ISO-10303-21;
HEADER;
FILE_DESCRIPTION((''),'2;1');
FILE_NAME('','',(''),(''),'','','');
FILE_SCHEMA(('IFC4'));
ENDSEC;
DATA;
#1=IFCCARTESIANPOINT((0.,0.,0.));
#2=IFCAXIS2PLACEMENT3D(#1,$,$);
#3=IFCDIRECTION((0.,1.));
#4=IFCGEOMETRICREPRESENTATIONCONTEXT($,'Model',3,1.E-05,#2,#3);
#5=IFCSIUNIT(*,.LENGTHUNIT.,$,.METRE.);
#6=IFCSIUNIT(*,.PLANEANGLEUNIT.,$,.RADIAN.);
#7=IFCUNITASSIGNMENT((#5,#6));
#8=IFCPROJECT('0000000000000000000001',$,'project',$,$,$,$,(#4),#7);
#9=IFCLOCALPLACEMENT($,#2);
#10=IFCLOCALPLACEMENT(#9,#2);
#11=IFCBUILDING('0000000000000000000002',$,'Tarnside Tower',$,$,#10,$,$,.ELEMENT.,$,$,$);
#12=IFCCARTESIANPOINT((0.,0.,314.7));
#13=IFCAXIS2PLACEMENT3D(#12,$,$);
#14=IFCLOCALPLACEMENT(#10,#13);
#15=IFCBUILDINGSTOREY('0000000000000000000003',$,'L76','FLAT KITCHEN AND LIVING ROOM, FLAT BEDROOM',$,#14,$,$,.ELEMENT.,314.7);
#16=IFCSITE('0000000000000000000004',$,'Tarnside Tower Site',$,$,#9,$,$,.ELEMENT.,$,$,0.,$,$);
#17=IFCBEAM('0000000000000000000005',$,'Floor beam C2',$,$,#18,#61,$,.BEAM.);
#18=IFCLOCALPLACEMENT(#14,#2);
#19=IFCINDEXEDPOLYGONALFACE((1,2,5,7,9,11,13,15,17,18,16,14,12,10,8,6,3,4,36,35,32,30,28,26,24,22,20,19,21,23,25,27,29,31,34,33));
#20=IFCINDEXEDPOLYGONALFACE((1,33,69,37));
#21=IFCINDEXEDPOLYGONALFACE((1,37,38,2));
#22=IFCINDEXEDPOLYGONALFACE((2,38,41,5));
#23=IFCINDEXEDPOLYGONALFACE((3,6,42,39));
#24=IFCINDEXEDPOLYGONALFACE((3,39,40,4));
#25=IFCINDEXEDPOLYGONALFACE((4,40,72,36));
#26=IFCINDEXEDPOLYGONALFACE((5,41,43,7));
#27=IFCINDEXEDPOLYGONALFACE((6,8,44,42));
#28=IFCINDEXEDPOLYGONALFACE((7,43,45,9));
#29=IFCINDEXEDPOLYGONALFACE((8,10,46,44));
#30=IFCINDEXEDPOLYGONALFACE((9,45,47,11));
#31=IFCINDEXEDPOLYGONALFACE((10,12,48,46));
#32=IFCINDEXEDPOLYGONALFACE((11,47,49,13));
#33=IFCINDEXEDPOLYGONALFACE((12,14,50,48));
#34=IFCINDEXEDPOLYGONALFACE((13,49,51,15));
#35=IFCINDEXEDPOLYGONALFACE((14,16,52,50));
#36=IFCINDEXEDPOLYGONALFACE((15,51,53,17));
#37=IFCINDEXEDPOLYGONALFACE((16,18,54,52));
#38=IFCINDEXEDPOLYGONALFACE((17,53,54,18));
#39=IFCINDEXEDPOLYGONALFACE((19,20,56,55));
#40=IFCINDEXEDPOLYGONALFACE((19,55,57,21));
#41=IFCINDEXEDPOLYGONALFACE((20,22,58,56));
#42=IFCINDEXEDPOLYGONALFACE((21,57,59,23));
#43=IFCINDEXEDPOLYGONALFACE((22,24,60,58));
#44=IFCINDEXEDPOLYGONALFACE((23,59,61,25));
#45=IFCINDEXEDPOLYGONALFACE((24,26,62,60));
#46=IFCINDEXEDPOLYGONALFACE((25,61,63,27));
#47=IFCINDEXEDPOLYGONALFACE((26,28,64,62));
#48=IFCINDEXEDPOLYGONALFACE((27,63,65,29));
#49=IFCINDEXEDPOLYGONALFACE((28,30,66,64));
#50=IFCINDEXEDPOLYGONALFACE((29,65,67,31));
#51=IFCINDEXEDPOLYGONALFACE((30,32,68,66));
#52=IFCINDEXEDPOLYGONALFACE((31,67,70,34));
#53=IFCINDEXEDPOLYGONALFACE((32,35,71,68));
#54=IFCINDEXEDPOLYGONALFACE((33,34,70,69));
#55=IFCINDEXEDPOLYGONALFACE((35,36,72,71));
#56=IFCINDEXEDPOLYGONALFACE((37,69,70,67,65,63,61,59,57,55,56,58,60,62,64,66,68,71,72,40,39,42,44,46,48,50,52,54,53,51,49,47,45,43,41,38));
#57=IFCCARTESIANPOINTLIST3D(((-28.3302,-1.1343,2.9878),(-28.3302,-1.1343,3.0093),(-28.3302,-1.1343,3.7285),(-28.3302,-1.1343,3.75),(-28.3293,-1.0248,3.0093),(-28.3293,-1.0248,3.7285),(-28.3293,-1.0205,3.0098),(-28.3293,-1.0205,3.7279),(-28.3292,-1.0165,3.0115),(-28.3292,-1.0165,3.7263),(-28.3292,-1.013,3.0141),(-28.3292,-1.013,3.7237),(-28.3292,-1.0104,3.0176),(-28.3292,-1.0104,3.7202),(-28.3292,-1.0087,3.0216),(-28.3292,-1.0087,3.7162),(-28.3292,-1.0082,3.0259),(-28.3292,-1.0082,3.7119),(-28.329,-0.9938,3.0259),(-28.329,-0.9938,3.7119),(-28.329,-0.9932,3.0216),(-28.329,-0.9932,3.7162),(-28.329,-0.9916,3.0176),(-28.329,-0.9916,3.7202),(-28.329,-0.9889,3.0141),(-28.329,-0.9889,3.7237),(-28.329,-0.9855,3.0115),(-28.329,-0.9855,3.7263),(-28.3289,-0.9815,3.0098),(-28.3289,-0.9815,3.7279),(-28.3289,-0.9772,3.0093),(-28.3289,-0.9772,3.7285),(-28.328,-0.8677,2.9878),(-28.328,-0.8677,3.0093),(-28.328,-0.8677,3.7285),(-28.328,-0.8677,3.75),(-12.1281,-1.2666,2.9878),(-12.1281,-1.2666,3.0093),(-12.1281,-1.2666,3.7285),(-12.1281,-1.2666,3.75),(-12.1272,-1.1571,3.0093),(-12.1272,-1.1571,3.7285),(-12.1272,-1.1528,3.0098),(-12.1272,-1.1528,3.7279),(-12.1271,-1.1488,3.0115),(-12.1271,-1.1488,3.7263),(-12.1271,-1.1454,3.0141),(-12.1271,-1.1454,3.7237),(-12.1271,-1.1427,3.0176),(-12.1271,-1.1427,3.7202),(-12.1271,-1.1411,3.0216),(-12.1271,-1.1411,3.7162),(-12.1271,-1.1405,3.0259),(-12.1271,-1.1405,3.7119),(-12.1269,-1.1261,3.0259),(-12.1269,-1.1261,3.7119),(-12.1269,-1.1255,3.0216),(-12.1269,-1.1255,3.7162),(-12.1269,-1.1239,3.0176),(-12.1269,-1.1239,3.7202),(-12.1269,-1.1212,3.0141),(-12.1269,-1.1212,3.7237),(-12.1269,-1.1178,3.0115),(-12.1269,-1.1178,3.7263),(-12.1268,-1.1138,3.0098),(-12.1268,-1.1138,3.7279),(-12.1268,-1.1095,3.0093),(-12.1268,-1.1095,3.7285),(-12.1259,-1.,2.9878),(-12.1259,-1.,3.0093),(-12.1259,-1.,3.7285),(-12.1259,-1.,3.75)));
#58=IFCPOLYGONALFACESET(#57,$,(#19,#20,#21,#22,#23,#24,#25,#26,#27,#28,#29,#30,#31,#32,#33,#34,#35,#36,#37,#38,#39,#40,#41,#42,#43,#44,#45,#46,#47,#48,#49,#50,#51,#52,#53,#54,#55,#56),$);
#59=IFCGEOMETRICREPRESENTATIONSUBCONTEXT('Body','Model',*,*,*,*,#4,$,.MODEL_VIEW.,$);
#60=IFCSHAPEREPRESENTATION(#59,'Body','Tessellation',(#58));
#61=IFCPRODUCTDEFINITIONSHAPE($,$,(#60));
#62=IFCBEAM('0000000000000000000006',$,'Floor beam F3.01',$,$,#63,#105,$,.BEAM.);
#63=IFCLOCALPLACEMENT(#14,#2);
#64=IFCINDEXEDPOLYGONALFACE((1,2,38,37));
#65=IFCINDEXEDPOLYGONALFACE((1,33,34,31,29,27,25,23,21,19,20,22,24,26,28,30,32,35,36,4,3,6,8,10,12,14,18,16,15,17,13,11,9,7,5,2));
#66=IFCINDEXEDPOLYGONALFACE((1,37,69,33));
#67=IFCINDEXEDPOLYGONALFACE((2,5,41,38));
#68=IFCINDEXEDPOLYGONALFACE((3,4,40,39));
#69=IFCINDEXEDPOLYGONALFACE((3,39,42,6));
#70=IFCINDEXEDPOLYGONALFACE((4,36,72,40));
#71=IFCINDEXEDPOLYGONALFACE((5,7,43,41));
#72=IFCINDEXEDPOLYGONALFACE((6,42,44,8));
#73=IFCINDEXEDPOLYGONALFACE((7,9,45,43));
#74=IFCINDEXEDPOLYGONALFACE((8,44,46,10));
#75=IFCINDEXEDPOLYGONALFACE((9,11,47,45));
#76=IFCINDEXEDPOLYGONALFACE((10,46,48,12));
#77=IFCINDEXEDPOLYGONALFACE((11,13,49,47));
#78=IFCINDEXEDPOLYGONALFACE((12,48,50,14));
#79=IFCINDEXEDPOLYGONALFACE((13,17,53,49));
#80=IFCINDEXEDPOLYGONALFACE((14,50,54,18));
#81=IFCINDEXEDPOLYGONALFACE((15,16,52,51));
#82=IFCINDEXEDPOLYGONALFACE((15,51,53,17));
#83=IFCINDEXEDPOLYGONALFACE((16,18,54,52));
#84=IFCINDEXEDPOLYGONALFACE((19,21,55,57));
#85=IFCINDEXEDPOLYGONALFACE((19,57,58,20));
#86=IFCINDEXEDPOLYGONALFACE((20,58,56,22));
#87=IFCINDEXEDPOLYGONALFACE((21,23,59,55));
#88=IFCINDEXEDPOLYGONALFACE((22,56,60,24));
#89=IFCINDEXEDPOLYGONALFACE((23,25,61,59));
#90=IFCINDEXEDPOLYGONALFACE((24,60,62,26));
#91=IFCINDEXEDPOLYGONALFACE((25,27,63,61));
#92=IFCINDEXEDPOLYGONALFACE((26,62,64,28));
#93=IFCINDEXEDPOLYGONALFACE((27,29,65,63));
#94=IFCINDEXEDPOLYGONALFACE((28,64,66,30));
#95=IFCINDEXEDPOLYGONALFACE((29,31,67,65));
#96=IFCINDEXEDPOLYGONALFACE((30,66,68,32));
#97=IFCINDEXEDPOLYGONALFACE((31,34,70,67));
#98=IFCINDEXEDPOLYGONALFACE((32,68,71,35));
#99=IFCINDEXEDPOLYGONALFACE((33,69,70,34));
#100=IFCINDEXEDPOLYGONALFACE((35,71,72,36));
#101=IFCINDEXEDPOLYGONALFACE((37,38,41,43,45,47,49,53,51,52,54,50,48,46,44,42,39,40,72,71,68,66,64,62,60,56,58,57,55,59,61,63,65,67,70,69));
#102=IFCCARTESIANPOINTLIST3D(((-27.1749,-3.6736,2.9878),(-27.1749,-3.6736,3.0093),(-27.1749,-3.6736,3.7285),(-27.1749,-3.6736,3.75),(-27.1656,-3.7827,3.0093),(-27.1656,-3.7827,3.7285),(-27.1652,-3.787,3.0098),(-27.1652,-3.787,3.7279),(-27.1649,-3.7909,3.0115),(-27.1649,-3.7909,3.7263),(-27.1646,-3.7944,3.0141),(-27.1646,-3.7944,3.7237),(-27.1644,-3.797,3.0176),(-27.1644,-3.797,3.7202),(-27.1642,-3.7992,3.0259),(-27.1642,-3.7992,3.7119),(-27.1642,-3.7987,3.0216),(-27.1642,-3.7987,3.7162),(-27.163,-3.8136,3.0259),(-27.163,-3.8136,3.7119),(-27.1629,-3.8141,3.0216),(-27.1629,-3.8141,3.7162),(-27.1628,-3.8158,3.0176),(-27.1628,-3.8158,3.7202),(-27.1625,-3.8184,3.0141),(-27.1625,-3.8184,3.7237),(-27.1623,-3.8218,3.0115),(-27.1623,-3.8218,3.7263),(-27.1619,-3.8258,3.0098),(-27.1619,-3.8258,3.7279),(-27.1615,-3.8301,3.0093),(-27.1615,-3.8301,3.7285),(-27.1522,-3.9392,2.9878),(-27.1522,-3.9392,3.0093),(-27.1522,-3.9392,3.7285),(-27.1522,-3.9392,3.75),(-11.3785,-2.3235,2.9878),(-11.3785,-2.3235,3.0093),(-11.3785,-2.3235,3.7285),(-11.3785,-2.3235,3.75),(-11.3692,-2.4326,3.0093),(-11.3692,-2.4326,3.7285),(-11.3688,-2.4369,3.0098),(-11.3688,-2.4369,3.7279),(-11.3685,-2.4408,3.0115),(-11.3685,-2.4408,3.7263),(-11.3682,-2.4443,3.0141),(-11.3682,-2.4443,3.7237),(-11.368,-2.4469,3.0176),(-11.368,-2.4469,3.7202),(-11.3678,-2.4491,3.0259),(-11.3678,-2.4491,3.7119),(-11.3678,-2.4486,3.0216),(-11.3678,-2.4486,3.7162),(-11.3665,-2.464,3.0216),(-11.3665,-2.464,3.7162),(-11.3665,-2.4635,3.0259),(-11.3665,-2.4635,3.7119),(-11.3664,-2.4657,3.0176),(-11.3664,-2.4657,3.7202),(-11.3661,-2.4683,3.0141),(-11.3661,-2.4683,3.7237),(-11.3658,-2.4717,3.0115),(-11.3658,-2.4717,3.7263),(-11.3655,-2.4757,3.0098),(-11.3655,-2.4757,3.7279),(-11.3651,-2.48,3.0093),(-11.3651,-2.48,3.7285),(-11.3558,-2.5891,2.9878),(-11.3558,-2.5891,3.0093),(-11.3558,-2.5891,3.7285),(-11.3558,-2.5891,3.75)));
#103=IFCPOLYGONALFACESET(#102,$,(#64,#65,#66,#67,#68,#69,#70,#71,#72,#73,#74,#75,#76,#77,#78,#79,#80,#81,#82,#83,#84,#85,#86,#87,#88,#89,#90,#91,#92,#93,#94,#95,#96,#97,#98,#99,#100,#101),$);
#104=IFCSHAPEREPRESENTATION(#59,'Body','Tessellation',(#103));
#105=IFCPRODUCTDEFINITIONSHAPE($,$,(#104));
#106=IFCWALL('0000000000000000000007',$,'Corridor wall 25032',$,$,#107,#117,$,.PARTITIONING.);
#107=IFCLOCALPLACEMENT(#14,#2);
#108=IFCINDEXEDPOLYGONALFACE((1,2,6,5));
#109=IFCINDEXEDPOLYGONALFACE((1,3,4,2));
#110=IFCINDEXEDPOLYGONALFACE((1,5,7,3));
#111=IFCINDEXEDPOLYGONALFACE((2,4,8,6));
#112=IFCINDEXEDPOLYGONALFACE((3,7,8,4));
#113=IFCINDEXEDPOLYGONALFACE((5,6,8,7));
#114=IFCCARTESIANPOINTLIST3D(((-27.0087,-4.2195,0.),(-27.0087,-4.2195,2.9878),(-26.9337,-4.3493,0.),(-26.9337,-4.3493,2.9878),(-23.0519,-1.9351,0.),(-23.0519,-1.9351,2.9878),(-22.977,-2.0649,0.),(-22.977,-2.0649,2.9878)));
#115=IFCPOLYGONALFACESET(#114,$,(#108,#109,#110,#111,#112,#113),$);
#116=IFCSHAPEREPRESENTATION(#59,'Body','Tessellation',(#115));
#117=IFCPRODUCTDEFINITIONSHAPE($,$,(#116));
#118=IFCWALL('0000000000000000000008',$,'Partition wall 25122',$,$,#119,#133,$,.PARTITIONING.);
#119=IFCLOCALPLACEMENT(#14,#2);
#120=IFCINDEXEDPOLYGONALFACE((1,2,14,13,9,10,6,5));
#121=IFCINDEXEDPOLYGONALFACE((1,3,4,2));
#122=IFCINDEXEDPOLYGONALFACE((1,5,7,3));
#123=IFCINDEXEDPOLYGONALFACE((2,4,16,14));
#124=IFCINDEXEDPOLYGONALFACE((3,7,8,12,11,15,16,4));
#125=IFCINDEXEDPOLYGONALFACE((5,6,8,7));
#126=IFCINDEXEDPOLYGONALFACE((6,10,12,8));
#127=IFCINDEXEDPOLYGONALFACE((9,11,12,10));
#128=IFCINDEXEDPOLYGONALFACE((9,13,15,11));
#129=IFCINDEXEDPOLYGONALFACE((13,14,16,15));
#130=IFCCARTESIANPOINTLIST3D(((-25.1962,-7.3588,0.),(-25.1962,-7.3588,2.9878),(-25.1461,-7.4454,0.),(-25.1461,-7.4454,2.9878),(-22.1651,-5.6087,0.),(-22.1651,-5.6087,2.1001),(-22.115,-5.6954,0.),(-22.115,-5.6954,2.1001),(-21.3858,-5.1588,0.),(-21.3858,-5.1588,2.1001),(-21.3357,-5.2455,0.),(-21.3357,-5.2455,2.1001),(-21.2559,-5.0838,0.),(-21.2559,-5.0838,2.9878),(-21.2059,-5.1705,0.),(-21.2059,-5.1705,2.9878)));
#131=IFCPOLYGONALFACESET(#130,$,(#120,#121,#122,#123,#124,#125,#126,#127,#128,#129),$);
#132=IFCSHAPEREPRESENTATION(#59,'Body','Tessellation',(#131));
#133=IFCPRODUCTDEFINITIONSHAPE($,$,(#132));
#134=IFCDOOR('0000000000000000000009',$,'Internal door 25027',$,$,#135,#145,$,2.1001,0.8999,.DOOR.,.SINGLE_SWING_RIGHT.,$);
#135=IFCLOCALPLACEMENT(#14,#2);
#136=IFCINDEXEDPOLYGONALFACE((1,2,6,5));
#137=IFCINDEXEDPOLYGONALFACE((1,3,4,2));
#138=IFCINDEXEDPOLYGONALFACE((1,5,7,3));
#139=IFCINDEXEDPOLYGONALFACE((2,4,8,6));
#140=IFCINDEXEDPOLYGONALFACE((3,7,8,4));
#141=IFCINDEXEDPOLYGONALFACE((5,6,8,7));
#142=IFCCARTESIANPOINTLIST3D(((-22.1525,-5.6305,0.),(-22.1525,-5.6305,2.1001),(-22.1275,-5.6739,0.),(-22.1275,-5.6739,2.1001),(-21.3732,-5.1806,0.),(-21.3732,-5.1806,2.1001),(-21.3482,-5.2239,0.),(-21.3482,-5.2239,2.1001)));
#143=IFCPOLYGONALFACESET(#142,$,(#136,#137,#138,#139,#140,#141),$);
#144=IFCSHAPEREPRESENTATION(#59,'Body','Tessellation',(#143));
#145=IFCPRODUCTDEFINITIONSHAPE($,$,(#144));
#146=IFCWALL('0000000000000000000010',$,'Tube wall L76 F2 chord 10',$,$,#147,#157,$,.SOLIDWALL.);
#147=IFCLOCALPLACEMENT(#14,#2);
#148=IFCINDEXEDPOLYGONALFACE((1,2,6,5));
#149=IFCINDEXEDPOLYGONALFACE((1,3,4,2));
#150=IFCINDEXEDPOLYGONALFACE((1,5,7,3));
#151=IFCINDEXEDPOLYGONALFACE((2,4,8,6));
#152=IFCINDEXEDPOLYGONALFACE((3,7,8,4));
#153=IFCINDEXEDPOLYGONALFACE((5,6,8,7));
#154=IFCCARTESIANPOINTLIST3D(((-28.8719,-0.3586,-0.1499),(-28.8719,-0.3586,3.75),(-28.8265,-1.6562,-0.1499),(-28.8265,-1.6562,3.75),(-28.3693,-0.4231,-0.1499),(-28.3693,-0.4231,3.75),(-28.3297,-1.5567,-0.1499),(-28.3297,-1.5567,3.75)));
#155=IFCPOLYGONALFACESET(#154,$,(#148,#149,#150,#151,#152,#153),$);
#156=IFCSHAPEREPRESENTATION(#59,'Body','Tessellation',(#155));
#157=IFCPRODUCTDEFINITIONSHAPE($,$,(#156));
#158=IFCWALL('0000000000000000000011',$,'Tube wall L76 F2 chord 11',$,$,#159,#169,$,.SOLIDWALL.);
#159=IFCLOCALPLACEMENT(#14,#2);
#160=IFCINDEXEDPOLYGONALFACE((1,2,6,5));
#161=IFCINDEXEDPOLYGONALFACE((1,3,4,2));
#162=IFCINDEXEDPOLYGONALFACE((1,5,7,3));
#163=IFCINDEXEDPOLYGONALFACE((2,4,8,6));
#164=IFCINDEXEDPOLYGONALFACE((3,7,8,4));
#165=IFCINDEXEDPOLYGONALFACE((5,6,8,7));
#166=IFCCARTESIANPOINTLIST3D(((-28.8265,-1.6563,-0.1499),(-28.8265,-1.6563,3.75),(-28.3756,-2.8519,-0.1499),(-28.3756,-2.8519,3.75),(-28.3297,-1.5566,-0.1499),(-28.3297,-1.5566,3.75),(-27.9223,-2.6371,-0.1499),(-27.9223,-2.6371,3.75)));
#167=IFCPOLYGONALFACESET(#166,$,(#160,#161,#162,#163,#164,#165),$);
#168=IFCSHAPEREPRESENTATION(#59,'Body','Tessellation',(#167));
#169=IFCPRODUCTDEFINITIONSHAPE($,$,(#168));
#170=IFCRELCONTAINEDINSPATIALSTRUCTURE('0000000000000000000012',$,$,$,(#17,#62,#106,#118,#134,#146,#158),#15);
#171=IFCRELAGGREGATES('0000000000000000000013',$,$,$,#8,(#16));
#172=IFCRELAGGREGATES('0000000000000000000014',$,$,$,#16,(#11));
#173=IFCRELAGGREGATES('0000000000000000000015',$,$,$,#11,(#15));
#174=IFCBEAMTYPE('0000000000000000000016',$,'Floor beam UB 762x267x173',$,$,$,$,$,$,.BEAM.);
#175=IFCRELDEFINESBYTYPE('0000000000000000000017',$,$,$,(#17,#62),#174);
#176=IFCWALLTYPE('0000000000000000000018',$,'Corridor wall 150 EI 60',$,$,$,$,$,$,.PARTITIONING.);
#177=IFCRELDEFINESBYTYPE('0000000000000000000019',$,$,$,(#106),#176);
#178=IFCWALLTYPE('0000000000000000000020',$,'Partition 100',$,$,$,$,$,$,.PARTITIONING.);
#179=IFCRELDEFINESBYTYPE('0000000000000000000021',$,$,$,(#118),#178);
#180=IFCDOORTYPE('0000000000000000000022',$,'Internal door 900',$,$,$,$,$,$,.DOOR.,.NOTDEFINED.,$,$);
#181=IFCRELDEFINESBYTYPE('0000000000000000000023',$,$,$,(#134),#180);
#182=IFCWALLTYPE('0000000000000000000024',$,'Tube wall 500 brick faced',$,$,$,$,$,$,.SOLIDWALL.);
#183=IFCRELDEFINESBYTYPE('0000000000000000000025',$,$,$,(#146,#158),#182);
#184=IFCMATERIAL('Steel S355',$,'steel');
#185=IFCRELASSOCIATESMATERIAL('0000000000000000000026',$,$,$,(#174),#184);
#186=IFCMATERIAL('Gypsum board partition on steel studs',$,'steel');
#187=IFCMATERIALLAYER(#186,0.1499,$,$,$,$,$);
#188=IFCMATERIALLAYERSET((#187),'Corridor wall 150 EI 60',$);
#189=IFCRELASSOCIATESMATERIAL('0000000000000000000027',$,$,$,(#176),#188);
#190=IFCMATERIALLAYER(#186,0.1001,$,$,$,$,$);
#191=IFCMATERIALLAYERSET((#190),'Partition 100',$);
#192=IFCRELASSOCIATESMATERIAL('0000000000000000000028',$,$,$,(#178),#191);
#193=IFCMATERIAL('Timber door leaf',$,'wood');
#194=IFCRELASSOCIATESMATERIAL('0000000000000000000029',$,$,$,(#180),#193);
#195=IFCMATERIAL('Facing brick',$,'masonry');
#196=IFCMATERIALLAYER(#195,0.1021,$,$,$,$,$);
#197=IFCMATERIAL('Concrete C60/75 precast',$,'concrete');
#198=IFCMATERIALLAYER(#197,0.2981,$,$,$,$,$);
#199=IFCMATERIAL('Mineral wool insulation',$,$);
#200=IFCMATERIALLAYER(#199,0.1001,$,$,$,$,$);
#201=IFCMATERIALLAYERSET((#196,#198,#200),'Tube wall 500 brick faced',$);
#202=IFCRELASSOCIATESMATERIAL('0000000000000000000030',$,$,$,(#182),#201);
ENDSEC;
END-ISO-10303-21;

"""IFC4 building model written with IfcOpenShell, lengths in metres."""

from ifc_helpers import new_model, si_unit, direction, frame, frame_2d, origin, origin_2d, place, context, subcontext, project, spatial, polyline, rectangle, i_section, outline, extrude, material, layer, layer_set, material_profile, profile_set, type_object, element, fill, save


model = new_model("IFC4")

# Units and contexts
model_context = context("Model", 3, precision=1e-05, world=origin(), true_north=direction((0.0, 1.0)))
body_context = subcontext(model_context, "Body", "Model", "MODEL_VIEW")
ifc_project = project(units=[si_unit("LENGTHUNIT", "METRE"), si_unit("PLANEANGLEUNIT", "RADIAN")], contexts=[model_context])

# Site, building, storey
site_placement = place(None, origin())
site = spatial("IfcSite", under=ifc_project, at=site_placement, Name="Tarnside Tower Site", CompositionType="ELEMENT", RefElevation=0.0)
building_placement = place(site_placement, origin())
building = spatial("IfcBuilding", under=site, at=building_placement, Name="Tarnside Tower", CompositionType="ELEMENT")
storey_placement = place(building_placement, frame((0.0, 0.0, 314.7)))
storey = spatial("IfcBuildingStorey", under=building, at=storey_placement, Name="L76", Description="FLAT KITCHEN AND LIVING ROOM, FLAT BEDROOM", CompositionType="ELEMENT", Elevation=314.7)

# Beams
ifc_material_1 = material(Name="Steel S355", Category="steel")
ifc_material_profile = material_profile(ifc_material_1, i_section(OverallWidth=0.2666, OverallDepth=0.7622, WebThickness=0.0144, FlangeThickness=0.0215, FilletRadius=0.0166, at=origin_2d()), Name="UB 762x267x173")
ifc_profile_set = profile_set([ifc_material_profile], Name="Steel S355")
beam_type = type_object("IfcBeamType", Name="Floor beam UB 762x267x173", PredefinedType="BEAM", material=ifc_profile_set)
beam_1_placement = place(storey_placement, frame((-28.3291, -1.001, 3.3689), z_axis=(0.999967, -0.008167, 0.0), x_axis=(0.008167, 0.999967, 0.0)))
element("IfcBeam", 1, at=beam_1_placement, inside=storey, type_object=beam_type, Name="Floor beam C2", PredefinedType="BEAM", context=body_context, shape_type="SweptSolid", body=[
    extrude(i_section(OverallWidth=0.2666, OverallDepth=0.7622, WebThickness=0.0144, FlangeThickness=0.0215, FilletRadius=0.0166, at=origin_2d()), origin(), (0.0, 0.0, 1.0), 16.2026),
])
beam_2_placement = place(storey_placement, frame((-27.1636, -3.8064, 3.3689), z_axis=(0.996367, 0.085158, 0.0), x_axis=(-0.085158, 0.996367, 0.0)))
element("IfcBeam", 2, at=beam_2_placement, inside=storey, type_object=beam_type, Name="Floor beam F3.01", PredefinedType="BEAM", context=body_context, shape_type="SweptSolid", body=[
    extrude(i_section(OverallWidth=0.2666, OverallDepth=0.7622, WebThickness=0.0144, FlangeThickness=0.0215, FilletRadius=0.0166, at=origin_2d()), origin(), (0.0, 0.0, 1.0), 15.854),
])

# Wall
ifc_material_2 = material(Name="Gypsum board partition on steel studs", Category="steel")
ifc_layer_1 = layer(ifc_material_2, 0.1499)
ifc_layer_set_1 = layer_set([ifc_layer_1], Name="Corridor wall 150 EI 60")
wall_type_1 = type_object("IfcWallType", Name="Corridor wall 150 EI 60", PredefinedType="PARTITIONING", material=ifc_layer_set_1)
wall_1_placement = place(storey_placement, frame((-26.9712, -4.2844, 0.0), z_axis=(0.0, 0.0, 1.0), x_axis=(0.866028, 0.499995, 0.0)))
element("IfcWall", 3, at=wall_1_placement, inside=storey, type_object=wall_type_1, Name="Corridor wall 25032", PredefinedType="PARTITIONING", context=body_context, shape_type="SweptSolid", body=[
    extrude(rectangle(XDim=4.5688, YDim=0.1499, at=frame_2d((2.2844, 0.0))), origin(), (0.0, 0.0, 1.0), 2.9878),
])

# Wall, opening, door
ifc_layer_2 = layer(ifc_material_2, 0.1001)
ifc_layer_set_2 = layer_set([ifc_layer_2], Name="Partition 100")
wall_type_2 = type_object("IfcWallType", Name="Partition 100", PredefinedType="PARTITIONING", material=ifc_layer_set_2)
wall_2_placement = place(storey_placement, frame((-25.1711, -7.4021, 0.0), z_axis=(0.0, 0.0, 1.0), x_axis=(0.866022, 0.500006, 0.0)))
wall_2 = element("IfcWall", 4, at=wall_2_placement, inside=storey, type_object=wall_type_2, Name="Partition wall 25122", PredefinedType="PARTITIONING", context=body_context, shape_type="SweptSolid", body=[
    extrude(rectangle(XDim=4.5498, YDim=0.1001, at=frame_2d((2.2749, 0.0))), origin(), (0.0, 0.0, 1.0), 2.9878),
])
opening_1_placement = place(wall_2_placement, frame((3.5, 0.0, 0.0)))
opening_1 = element("IfcOpeningElement", 5, at=opening_1_placement, cuts=wall_2, PredefinedType="OPENING", context=body_context, shape_type="SweptSolid", body=[
    extrude(rectangle(XDim=0.8999, YDim=2.1001, at=frame_2d((0.45, 1.05))), frame((0.0, 0.0601, 0.0), z_axis=(0.0, -1.0, 0.0), x_axis=(1.0, 0.0, 0.0)), (0.0, 0.0, 1.0), 0.1201),
])
ifc_material_3 = material(Name="Timber door leaf", Category="wood")
door_type = type_object("IfcDoorType", Name="Internal door 900", OperationType="NOTDEFINED", PredefinedType="DOOR", material=ifc_material_3)
door_placement = place(opening_1_placement, origin())
door = element("IfcDoor", 6, at=door_placement, inside=storey, type_object=door_type, Name="Internal door 25027", OperationType="SINGLE_SWING_RIGHT", OverallHeight=2.1001, OverallWidth=0.8999, PredefinedType="DOOR", context=body_context, shape_type="SweptSolid", body=[
    extrude(rectangle(XDim=0.8999, YDim=2.1001, at=frame_2d((0.45, 1.05))), frame((0.0, 0.0249, 0.0), z_axis=(0.0, -1.0, 0.0), x_axis=(1.0, 0.0, 0.0)), (0.0, 0.0, 1.0), 0.05),
])
fill(opening_1, door)

# Walls
ifc_material_4 = material(Name="Facing brick", Category="masonry")
ifc_layer_3 = layer(ifc_material_4, 0.1021)
ifc_material_5 = material(Name="Concrete C60/75 precast", Category="concrete")
ifc_layer_4 = layer(ifc_material_5, 0.2981)
ifc_material_6 = material(Name="Mineral wool insulation")
ifc_layer_5 = layer(ifc_material_6, 0.1001)
ifc_layer_set_3 = layer_set([ifc_layer_3, ifc_layer_4, ifc_layer_5], Name="Tube wall 500 brick faced")
wall_type_3 = type_object("IfcWallType", Name="Tube wall 500 brick faced", PredefinedType="SOLIDWALL", material=ifc_layer_set_3)
wall_3_placement = place(storey_placement, frame((-28.6206, -0.3909, -0.1499), z_axis=(0.0, 0.0, 1.0), x_axis=(0.034925, -0.99939, 0.0)))
element("IfcWall", 7, at=wall_3_placement, inside=storey, type_object=wall_type_3, Name="Tube wall L76 F2 chord 10", PredefinedType="SOLIDWALL", context=body_context, shape_type="SweptSolid", body=[
    extrude(outline(polyline([(-0.041, -0.25), (1.2573, -0.25), (1.1753, 0.25), (0.041, 0.25), (-0.041, -0.25)])), origin(), (0.0, 0.0, 1.0), 3.8999),
])
wall_4_placement = place(storey_placement, frame((-28.5781, -1.6064, -0.1499), z_axis=(0.0, 0.0, 1.0), x_axis=(0.352838, -0.935684, 0.0)))
element("IfcWall", 8, at=wall_4_placement, inside=storey, type_object=wall_type_3, Name="Tube wall L76 F2 chord 11", PredefinedType="SOLIDWALL", context=body_context, shape_type="SweptSolid", body=[
    extrude(outline(polyline([(-0.041, -0.25), (1.2368, -0.25), (1.1958, 0.25), (0.041, 0.25), (-0.041, -0.25)])), origin(), (0.0, 0.0, 1.0), 3.8999),
])

save(model, "model.ifc")
